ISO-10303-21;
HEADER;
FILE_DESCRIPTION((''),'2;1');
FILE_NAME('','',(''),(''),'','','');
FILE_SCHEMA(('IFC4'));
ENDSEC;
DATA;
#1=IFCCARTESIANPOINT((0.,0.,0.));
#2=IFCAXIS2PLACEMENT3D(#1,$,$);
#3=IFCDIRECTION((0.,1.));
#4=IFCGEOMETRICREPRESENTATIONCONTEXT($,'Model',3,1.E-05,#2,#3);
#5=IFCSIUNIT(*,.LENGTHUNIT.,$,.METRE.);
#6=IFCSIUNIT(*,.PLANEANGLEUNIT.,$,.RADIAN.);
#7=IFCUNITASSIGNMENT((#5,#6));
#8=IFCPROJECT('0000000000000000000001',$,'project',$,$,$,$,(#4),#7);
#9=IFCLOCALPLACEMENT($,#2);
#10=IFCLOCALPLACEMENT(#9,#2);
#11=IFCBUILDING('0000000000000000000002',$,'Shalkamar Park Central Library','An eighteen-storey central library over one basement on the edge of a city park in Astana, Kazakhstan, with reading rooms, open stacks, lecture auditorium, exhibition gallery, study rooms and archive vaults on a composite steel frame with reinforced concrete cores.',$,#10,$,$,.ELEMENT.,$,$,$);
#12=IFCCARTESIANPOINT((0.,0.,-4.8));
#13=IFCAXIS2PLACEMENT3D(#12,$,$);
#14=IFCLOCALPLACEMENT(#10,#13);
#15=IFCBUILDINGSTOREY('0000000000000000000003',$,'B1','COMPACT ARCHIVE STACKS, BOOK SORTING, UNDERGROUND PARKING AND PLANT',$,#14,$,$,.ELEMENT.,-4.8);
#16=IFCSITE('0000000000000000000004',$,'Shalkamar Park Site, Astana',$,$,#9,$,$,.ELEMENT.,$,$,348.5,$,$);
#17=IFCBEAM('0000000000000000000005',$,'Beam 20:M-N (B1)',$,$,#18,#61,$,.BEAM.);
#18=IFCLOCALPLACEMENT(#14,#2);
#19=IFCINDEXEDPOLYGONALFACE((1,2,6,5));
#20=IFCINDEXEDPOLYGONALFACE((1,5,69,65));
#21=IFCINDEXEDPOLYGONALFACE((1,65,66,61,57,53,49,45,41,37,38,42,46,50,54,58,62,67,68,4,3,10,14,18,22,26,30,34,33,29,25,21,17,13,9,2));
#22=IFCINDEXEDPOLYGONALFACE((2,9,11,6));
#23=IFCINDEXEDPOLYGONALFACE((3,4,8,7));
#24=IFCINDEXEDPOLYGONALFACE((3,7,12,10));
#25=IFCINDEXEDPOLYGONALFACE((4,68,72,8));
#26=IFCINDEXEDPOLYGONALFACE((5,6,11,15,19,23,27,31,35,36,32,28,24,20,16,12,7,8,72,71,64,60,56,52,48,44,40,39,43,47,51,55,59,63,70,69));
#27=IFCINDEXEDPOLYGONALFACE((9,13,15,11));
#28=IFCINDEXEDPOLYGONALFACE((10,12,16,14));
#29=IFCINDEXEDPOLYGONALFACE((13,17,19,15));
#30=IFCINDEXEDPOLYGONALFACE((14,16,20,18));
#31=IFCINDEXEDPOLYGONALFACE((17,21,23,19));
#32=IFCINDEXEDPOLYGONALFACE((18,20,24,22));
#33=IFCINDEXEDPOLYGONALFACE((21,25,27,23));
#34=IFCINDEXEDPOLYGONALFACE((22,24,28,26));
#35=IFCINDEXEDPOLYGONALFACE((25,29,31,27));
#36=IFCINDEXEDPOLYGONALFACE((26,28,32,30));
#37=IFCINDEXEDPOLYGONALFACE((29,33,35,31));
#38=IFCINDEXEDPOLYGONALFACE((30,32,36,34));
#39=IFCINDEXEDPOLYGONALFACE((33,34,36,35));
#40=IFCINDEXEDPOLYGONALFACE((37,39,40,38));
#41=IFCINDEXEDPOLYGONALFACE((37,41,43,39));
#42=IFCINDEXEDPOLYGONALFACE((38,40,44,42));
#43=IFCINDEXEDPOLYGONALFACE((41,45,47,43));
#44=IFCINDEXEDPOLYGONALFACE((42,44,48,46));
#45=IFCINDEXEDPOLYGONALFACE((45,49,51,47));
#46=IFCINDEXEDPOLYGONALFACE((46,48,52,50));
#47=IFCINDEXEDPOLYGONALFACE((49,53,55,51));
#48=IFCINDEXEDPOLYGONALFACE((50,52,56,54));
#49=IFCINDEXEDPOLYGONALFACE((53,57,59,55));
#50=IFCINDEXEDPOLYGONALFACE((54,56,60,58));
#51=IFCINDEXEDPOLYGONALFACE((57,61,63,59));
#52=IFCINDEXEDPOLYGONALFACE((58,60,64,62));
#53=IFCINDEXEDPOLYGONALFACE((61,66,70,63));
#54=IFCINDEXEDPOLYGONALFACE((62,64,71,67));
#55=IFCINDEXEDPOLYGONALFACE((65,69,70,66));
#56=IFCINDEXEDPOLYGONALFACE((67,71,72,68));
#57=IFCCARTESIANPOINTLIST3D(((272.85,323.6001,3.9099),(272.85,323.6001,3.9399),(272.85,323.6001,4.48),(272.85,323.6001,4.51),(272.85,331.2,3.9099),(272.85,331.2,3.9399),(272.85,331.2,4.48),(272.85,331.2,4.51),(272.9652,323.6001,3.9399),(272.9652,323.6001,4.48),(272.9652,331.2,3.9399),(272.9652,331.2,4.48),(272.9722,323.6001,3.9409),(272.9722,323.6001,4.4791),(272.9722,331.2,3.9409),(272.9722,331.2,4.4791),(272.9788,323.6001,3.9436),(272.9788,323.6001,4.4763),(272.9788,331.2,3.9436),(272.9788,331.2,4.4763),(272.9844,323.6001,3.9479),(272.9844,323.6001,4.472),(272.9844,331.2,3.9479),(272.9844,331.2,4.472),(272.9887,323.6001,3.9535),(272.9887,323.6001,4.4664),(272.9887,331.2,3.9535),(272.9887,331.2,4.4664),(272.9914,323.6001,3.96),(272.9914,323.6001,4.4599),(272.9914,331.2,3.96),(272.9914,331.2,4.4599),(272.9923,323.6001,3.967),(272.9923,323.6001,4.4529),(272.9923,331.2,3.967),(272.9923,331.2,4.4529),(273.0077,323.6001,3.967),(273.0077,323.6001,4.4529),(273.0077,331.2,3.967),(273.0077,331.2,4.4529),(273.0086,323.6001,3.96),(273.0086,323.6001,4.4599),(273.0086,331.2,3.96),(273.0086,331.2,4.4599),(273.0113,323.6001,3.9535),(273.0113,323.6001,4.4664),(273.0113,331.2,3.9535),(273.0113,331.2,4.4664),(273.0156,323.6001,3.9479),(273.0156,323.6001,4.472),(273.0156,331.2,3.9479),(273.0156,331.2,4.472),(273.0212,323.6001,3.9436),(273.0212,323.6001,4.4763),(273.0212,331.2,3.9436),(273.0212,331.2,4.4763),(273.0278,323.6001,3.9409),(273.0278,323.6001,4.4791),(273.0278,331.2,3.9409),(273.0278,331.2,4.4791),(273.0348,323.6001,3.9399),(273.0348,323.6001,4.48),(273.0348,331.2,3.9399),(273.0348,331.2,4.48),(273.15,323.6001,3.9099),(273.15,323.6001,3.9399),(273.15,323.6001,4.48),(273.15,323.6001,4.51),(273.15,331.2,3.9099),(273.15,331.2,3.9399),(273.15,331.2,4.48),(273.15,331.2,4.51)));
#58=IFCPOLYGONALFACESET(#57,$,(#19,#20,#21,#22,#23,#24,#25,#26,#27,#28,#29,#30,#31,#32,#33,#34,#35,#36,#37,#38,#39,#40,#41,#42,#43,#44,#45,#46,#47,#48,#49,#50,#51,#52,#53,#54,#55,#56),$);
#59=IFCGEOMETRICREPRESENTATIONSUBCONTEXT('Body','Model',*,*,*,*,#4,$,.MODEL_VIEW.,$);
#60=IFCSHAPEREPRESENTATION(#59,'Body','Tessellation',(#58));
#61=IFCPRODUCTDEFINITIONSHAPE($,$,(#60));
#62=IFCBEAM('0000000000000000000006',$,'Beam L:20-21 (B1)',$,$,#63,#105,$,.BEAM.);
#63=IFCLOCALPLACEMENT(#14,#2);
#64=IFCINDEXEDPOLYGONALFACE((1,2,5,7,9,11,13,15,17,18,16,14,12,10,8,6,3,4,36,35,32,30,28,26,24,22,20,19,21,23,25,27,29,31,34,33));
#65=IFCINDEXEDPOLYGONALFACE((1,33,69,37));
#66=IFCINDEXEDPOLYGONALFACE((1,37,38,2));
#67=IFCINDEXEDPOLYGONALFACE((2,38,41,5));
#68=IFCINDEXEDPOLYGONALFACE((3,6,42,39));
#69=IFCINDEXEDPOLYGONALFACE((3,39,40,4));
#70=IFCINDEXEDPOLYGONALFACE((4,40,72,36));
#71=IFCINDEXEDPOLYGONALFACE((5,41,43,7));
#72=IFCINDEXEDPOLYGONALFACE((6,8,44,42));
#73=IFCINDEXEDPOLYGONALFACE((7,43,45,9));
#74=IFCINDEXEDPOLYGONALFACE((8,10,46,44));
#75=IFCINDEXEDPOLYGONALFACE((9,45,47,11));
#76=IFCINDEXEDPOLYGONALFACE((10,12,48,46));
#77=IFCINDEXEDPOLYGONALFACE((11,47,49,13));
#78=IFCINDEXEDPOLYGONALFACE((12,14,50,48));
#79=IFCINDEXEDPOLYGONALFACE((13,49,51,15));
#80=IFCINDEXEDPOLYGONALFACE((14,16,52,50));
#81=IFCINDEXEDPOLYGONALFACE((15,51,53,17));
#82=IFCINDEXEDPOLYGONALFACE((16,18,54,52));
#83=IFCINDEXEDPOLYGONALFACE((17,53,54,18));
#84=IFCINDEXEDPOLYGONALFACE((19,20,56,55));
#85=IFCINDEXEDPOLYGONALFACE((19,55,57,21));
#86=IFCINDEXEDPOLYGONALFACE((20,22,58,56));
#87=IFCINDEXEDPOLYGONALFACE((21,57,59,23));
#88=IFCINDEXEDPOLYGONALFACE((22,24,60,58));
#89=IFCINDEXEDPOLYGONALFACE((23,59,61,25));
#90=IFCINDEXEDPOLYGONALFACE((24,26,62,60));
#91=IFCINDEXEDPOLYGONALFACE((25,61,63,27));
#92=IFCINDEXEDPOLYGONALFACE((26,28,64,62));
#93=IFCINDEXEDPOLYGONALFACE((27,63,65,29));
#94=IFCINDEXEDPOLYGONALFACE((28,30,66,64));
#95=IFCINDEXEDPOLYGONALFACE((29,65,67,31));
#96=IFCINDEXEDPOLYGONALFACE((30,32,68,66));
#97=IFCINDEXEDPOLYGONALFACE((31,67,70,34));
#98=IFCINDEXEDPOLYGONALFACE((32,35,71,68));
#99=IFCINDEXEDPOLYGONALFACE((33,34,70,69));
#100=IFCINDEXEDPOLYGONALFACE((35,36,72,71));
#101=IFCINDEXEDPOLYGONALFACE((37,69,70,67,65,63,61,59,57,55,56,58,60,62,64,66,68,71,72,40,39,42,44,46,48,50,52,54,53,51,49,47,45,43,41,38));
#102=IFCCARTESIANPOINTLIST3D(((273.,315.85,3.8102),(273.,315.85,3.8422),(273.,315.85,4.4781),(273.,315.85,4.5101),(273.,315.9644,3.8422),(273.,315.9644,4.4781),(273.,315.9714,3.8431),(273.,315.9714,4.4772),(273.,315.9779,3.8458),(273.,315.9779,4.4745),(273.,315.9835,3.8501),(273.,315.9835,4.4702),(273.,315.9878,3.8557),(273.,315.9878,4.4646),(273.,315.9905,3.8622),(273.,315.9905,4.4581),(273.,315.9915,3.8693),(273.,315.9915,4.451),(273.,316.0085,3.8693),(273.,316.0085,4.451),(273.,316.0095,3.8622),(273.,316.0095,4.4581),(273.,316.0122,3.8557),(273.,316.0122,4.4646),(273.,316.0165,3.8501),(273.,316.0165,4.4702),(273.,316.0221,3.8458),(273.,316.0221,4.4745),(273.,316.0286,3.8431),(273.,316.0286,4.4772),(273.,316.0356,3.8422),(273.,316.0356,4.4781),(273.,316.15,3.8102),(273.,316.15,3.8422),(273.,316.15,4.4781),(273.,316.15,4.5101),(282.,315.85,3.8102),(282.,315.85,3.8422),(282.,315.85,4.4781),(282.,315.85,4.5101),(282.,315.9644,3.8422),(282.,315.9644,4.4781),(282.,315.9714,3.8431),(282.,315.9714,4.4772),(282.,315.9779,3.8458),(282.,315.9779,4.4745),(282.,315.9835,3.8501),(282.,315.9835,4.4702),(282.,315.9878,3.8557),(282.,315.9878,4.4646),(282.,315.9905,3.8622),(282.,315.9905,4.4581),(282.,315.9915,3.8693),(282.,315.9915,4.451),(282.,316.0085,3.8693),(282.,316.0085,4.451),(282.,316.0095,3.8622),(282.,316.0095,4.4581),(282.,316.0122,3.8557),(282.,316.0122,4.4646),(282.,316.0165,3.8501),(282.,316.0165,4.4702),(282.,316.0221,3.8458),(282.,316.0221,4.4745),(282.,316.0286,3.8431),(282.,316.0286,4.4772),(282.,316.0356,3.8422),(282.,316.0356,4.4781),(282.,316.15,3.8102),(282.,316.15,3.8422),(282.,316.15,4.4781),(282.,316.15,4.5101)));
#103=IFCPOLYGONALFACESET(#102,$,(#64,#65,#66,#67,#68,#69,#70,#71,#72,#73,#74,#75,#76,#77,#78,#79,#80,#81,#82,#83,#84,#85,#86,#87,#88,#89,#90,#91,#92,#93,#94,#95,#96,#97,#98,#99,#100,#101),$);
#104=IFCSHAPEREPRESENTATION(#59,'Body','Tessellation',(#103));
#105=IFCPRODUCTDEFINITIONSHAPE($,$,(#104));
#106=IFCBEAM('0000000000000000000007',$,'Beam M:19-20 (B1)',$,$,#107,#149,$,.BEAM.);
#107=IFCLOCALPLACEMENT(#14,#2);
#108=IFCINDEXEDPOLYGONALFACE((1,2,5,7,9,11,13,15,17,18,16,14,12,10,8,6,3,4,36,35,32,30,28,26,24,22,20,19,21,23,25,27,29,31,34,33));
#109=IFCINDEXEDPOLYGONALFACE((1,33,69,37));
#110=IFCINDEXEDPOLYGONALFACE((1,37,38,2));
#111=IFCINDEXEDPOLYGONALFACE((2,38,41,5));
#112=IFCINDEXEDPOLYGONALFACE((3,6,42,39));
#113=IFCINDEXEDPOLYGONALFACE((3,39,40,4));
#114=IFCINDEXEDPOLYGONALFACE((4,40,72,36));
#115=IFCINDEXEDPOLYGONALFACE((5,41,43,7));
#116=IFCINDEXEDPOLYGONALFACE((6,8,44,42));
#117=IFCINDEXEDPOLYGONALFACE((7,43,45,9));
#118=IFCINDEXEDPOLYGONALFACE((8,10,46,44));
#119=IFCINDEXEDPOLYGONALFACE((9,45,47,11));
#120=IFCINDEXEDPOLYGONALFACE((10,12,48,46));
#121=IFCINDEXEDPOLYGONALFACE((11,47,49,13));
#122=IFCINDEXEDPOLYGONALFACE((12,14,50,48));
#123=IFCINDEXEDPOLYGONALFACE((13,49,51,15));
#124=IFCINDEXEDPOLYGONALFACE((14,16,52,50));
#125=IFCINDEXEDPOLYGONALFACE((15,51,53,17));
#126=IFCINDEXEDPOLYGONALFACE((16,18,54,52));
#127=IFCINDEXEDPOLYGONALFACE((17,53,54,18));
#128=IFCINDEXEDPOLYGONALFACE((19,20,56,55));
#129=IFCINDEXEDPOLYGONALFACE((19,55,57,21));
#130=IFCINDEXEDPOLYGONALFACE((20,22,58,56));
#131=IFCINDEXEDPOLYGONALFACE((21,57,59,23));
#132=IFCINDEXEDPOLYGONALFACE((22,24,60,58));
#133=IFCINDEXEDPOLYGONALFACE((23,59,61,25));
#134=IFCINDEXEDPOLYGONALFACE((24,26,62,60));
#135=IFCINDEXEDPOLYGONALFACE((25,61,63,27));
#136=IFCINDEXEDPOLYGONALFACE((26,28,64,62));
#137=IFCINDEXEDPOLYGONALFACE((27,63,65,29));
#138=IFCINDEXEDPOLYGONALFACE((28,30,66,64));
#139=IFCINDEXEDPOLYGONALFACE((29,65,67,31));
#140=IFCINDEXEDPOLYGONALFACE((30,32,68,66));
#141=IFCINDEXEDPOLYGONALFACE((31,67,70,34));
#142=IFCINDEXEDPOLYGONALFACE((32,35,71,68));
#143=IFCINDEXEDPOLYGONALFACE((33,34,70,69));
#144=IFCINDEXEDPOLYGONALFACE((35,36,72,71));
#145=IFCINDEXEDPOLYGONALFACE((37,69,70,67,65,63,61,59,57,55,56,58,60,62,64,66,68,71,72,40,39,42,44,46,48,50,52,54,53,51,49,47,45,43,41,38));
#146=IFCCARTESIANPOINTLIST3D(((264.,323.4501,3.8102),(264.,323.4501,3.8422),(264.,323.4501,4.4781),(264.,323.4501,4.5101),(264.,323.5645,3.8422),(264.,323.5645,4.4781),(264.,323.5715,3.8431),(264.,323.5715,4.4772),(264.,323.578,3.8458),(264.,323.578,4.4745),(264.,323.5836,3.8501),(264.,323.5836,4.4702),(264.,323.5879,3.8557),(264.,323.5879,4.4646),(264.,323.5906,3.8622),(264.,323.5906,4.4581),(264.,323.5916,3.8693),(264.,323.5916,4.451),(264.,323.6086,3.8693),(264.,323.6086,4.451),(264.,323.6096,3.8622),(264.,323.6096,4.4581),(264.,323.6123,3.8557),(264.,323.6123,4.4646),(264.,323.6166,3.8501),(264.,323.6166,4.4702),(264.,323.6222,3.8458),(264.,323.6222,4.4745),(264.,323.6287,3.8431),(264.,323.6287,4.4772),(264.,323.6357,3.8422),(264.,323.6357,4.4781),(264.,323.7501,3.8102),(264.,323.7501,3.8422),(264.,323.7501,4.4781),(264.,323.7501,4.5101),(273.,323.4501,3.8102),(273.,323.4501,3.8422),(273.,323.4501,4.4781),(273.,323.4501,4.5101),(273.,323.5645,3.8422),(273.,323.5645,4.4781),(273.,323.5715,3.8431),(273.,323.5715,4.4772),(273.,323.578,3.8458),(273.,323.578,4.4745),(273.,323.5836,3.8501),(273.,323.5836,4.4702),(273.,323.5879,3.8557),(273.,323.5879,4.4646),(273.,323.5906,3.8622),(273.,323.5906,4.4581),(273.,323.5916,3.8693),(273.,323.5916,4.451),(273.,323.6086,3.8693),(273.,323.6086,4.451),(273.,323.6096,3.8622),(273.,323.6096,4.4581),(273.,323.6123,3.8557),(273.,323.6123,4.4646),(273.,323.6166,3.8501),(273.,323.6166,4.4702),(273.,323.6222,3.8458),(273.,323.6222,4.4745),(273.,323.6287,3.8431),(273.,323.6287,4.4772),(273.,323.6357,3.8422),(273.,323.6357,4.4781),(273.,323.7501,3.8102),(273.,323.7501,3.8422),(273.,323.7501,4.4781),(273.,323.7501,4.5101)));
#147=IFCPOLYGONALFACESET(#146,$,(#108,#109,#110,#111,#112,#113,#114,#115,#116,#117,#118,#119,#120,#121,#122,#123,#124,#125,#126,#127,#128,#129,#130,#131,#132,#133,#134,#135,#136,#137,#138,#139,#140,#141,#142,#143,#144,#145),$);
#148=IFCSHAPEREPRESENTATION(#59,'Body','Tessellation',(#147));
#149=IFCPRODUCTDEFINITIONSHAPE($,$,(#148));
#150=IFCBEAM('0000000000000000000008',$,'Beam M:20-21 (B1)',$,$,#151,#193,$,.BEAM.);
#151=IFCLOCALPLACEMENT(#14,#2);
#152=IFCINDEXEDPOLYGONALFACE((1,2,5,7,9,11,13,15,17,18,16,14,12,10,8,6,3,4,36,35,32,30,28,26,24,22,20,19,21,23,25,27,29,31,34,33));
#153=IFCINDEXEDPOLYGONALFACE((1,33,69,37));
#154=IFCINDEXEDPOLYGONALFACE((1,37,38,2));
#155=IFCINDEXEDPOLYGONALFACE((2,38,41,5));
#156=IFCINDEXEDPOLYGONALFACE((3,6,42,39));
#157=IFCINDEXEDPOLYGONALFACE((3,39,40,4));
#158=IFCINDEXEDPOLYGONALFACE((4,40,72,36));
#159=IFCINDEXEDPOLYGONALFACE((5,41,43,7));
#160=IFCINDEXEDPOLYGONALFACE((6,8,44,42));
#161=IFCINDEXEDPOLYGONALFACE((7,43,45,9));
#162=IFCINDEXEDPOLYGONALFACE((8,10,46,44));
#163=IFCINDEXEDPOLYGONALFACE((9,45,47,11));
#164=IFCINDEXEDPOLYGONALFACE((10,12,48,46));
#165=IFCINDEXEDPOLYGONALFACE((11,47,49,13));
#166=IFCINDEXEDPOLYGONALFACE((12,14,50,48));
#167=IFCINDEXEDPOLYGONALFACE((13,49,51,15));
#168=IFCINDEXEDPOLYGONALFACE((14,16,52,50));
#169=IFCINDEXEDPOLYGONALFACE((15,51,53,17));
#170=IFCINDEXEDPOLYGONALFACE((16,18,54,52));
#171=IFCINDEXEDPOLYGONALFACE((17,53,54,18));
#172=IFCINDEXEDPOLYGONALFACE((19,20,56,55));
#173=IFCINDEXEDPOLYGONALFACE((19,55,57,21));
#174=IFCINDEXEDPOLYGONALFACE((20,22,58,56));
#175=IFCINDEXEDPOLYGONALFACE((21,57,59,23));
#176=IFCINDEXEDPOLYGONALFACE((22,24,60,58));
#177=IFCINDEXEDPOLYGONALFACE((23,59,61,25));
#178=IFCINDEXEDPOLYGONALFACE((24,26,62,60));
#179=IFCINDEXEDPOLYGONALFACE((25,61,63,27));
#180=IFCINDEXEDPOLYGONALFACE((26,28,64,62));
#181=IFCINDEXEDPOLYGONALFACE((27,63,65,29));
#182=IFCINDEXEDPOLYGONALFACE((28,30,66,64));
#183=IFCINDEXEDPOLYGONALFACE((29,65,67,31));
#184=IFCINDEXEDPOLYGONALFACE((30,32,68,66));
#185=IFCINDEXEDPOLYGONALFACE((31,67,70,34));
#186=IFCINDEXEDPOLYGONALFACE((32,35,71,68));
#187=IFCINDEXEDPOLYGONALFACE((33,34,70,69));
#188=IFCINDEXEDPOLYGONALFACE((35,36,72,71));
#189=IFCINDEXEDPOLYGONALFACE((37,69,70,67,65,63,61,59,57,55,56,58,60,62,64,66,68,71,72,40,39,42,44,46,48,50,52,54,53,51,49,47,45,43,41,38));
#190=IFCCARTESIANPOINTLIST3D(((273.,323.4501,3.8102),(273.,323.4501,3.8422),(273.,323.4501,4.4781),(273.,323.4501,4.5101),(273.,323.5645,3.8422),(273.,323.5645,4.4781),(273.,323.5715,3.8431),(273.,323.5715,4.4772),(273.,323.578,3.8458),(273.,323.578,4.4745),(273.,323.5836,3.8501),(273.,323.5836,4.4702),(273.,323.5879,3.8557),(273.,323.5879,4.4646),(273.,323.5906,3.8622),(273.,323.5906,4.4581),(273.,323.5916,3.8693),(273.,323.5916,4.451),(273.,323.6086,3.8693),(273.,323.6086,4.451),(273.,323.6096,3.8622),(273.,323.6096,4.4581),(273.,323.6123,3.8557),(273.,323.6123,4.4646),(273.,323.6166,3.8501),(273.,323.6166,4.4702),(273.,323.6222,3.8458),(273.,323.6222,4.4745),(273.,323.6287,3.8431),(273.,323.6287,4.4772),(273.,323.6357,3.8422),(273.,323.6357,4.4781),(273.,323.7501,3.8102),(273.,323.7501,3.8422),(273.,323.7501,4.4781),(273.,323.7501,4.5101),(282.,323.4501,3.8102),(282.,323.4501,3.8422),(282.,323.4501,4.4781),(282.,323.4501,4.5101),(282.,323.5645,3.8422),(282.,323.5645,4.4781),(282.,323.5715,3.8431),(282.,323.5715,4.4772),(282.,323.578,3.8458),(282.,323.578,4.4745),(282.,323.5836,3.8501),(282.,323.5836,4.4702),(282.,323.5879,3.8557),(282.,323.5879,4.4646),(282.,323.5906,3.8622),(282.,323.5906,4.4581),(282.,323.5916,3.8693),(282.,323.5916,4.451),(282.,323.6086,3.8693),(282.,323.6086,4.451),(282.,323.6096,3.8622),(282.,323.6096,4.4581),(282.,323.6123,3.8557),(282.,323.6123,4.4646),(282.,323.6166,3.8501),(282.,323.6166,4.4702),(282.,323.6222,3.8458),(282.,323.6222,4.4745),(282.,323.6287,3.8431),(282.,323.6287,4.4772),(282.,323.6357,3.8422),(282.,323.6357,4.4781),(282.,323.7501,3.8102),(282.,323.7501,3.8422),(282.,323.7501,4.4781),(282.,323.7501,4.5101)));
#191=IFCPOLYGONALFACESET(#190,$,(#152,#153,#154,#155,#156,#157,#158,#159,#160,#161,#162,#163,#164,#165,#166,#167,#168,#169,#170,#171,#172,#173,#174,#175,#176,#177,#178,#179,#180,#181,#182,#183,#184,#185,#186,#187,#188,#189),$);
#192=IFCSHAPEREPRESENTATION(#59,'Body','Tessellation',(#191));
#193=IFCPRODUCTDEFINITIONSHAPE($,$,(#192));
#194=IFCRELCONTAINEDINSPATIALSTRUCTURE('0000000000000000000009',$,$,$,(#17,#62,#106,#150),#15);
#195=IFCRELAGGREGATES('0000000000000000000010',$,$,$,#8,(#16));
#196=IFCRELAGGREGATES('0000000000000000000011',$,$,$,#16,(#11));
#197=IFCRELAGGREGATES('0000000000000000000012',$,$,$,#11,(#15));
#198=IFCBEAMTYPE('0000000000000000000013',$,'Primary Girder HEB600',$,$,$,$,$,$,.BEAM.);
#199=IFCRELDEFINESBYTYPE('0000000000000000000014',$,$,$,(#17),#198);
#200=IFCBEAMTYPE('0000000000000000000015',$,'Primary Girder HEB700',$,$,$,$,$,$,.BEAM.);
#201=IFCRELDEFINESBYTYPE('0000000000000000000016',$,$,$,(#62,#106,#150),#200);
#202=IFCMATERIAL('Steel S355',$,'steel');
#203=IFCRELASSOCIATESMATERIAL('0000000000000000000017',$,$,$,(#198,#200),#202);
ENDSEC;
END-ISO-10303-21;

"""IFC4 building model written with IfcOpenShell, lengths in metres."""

from ifc_helpers import new_model, si_unit, direction, frame, origin, origin_2d, place, context, subcontext, project, spatial, i_section, extrude, material, material_profile, profile_set, type_object, element, save


model = new_model("IFC4")

# Units and contexts
model_context = context("Model", 3, precision=1e-05, world=origin(), true_north=direction((0.0, 1.0)))
body_context = subcontext(model_context, "Body", "Model", "MODEL_VIEW")
ifc_project = project(units=[si_unit("LENGTHUNIT", "METRE"), si_unit("PLANEANGLEUNIT", "RADIAN")], contexts=[model_context])

# Site, building, storey
site_placement = place(None, origin())
site = spatial("IfcSite", under=ifc_project, at=site_placement, Name="Shalkamar Park Site, Astana", CompositionType="ELEMENT", RefElevation=348.5)
building_placement = place(site_placement, origin())
building = spatial("IfcBuilding", under=site, at=building_placement, Name="Shalkamar Park Central Library", Description="An eighteen-storey central library over one basement on the edge of a city park in Astana, Kazakhstan, with reading rooms, open stacks, lecture auditorium, exhibition gallery, study rooms and archive vaults on a composite steel frame with reinforced concrete cores.", CompositionType="ELEMENT")
storey_placement = place(building_placement, frame((0.0, 0.0, -4.8)))
storey = spatial("IfcBuildingStorey", under=building, at=storey_placement, Name="B1", Description="COMPACT ARCHIVE STACKS, BOOK SORTING, UNDERGROUND PARKING AND PLANT", CompositionType="ELEMENT", Elevation=-4.8)

# Shared definitions
ifc_material_1 = material(Name="Steel S355", Category="steel")

# Beams
ifc_material_profile_1 = material_profile(ifc_material_1, i_section(OverallWidth=0.3, OverallDepth=0.6001, WebThickness=0.0154, FlangeThickness=0.03, FilletRadius=0.0271, at=origin_2d()), Name="HEB 600")
ifc_profile_set_1 = profile_set([ifc_material_profile_1], Name="Steel S355")
beam_type_1 = type_object("IfcBeamType", Name="Primary Girder HEB600", PredefinedType="BEAM", material=ifc_profile_set_1)
beam_1_placement = place(storey_placement, frame((273.0, 323.6001, 4.21), z_axis=(0.0, 1.0, 0.0), x_axis=(-1.0, 0.0, 0.0)))
element("IfcBeam", 1, at=beam_1_placement, inside=storey, type_object=beam_type_1, Name="Beam 20:M-N (B1)", PredefinedType="BEAM", context=body_context, shape_type="SweptSolid", body=[
    extrude(i_section(OverallWidth=0.3, OverallDepth=0.6001, WebThickness=0.0154, FlangeThickness=0.03, FilletRadius=0.0271, at=origin_2d()), origin(), (0.0, 0.0, 1.0), 7.5999),
])
ifc_material_profile_2 = material_profile(ifc_material_1, i_section(OverallWidth=0.3, OverallDepth=0.7, WebThickness=0.0171, FlangeThickness=0.032, FilletRadius=0.0271, at=origin_2d()), Name="HEB 700")
ifc_profile_set_2 = profile_set([ifc_material_profile_2], Name="Steel S355")
beam_type_2 = type_object("IfcBeamType", Name="Primary Girder HEB700", PredefinedType="BEAM", material=ifc_profile_set_2)
for number, where, z_axis, x_axis, name in (
    (2, (273.0, 316.0, 4.1602), (1.0, 0.0, 0.0), (0.0, 1.0, 0.0), "Beam L:20-21 (B1)"),
    (3, (264.0, 323.6001, 4.1602), (1.0, 0.0, 0.0), (0.0, 1.0, 0.0), "Beam M:19-20 (B1)"),
    (4, (273.0, 323.6001, 4.1602), (1.0, 0.0, 0.0), (0.0, 1.0, 0.0), "Beam M:20-21 (B1)"),
):
    element("IfcBeam", number, at=place(storey_placement, frame(where, z_axis=z_axis, x_axis=x_axis)), inside=storey, type_object=beam_type_2, Name=name, PredefinedType="BEAM", context=body_context, shape_type="SweptSolid", body=[
        extrude(i_section(OverallWidth=0.3, OverallDepth=0.7, WebThickness=0.0171, FlangeThickness=0.032, FilletRadius=0.0271, at=origin_2d()), origin(), (0.0, 0.0, 1.0), 9.0),
    ])

save(model, "model.ifc")
